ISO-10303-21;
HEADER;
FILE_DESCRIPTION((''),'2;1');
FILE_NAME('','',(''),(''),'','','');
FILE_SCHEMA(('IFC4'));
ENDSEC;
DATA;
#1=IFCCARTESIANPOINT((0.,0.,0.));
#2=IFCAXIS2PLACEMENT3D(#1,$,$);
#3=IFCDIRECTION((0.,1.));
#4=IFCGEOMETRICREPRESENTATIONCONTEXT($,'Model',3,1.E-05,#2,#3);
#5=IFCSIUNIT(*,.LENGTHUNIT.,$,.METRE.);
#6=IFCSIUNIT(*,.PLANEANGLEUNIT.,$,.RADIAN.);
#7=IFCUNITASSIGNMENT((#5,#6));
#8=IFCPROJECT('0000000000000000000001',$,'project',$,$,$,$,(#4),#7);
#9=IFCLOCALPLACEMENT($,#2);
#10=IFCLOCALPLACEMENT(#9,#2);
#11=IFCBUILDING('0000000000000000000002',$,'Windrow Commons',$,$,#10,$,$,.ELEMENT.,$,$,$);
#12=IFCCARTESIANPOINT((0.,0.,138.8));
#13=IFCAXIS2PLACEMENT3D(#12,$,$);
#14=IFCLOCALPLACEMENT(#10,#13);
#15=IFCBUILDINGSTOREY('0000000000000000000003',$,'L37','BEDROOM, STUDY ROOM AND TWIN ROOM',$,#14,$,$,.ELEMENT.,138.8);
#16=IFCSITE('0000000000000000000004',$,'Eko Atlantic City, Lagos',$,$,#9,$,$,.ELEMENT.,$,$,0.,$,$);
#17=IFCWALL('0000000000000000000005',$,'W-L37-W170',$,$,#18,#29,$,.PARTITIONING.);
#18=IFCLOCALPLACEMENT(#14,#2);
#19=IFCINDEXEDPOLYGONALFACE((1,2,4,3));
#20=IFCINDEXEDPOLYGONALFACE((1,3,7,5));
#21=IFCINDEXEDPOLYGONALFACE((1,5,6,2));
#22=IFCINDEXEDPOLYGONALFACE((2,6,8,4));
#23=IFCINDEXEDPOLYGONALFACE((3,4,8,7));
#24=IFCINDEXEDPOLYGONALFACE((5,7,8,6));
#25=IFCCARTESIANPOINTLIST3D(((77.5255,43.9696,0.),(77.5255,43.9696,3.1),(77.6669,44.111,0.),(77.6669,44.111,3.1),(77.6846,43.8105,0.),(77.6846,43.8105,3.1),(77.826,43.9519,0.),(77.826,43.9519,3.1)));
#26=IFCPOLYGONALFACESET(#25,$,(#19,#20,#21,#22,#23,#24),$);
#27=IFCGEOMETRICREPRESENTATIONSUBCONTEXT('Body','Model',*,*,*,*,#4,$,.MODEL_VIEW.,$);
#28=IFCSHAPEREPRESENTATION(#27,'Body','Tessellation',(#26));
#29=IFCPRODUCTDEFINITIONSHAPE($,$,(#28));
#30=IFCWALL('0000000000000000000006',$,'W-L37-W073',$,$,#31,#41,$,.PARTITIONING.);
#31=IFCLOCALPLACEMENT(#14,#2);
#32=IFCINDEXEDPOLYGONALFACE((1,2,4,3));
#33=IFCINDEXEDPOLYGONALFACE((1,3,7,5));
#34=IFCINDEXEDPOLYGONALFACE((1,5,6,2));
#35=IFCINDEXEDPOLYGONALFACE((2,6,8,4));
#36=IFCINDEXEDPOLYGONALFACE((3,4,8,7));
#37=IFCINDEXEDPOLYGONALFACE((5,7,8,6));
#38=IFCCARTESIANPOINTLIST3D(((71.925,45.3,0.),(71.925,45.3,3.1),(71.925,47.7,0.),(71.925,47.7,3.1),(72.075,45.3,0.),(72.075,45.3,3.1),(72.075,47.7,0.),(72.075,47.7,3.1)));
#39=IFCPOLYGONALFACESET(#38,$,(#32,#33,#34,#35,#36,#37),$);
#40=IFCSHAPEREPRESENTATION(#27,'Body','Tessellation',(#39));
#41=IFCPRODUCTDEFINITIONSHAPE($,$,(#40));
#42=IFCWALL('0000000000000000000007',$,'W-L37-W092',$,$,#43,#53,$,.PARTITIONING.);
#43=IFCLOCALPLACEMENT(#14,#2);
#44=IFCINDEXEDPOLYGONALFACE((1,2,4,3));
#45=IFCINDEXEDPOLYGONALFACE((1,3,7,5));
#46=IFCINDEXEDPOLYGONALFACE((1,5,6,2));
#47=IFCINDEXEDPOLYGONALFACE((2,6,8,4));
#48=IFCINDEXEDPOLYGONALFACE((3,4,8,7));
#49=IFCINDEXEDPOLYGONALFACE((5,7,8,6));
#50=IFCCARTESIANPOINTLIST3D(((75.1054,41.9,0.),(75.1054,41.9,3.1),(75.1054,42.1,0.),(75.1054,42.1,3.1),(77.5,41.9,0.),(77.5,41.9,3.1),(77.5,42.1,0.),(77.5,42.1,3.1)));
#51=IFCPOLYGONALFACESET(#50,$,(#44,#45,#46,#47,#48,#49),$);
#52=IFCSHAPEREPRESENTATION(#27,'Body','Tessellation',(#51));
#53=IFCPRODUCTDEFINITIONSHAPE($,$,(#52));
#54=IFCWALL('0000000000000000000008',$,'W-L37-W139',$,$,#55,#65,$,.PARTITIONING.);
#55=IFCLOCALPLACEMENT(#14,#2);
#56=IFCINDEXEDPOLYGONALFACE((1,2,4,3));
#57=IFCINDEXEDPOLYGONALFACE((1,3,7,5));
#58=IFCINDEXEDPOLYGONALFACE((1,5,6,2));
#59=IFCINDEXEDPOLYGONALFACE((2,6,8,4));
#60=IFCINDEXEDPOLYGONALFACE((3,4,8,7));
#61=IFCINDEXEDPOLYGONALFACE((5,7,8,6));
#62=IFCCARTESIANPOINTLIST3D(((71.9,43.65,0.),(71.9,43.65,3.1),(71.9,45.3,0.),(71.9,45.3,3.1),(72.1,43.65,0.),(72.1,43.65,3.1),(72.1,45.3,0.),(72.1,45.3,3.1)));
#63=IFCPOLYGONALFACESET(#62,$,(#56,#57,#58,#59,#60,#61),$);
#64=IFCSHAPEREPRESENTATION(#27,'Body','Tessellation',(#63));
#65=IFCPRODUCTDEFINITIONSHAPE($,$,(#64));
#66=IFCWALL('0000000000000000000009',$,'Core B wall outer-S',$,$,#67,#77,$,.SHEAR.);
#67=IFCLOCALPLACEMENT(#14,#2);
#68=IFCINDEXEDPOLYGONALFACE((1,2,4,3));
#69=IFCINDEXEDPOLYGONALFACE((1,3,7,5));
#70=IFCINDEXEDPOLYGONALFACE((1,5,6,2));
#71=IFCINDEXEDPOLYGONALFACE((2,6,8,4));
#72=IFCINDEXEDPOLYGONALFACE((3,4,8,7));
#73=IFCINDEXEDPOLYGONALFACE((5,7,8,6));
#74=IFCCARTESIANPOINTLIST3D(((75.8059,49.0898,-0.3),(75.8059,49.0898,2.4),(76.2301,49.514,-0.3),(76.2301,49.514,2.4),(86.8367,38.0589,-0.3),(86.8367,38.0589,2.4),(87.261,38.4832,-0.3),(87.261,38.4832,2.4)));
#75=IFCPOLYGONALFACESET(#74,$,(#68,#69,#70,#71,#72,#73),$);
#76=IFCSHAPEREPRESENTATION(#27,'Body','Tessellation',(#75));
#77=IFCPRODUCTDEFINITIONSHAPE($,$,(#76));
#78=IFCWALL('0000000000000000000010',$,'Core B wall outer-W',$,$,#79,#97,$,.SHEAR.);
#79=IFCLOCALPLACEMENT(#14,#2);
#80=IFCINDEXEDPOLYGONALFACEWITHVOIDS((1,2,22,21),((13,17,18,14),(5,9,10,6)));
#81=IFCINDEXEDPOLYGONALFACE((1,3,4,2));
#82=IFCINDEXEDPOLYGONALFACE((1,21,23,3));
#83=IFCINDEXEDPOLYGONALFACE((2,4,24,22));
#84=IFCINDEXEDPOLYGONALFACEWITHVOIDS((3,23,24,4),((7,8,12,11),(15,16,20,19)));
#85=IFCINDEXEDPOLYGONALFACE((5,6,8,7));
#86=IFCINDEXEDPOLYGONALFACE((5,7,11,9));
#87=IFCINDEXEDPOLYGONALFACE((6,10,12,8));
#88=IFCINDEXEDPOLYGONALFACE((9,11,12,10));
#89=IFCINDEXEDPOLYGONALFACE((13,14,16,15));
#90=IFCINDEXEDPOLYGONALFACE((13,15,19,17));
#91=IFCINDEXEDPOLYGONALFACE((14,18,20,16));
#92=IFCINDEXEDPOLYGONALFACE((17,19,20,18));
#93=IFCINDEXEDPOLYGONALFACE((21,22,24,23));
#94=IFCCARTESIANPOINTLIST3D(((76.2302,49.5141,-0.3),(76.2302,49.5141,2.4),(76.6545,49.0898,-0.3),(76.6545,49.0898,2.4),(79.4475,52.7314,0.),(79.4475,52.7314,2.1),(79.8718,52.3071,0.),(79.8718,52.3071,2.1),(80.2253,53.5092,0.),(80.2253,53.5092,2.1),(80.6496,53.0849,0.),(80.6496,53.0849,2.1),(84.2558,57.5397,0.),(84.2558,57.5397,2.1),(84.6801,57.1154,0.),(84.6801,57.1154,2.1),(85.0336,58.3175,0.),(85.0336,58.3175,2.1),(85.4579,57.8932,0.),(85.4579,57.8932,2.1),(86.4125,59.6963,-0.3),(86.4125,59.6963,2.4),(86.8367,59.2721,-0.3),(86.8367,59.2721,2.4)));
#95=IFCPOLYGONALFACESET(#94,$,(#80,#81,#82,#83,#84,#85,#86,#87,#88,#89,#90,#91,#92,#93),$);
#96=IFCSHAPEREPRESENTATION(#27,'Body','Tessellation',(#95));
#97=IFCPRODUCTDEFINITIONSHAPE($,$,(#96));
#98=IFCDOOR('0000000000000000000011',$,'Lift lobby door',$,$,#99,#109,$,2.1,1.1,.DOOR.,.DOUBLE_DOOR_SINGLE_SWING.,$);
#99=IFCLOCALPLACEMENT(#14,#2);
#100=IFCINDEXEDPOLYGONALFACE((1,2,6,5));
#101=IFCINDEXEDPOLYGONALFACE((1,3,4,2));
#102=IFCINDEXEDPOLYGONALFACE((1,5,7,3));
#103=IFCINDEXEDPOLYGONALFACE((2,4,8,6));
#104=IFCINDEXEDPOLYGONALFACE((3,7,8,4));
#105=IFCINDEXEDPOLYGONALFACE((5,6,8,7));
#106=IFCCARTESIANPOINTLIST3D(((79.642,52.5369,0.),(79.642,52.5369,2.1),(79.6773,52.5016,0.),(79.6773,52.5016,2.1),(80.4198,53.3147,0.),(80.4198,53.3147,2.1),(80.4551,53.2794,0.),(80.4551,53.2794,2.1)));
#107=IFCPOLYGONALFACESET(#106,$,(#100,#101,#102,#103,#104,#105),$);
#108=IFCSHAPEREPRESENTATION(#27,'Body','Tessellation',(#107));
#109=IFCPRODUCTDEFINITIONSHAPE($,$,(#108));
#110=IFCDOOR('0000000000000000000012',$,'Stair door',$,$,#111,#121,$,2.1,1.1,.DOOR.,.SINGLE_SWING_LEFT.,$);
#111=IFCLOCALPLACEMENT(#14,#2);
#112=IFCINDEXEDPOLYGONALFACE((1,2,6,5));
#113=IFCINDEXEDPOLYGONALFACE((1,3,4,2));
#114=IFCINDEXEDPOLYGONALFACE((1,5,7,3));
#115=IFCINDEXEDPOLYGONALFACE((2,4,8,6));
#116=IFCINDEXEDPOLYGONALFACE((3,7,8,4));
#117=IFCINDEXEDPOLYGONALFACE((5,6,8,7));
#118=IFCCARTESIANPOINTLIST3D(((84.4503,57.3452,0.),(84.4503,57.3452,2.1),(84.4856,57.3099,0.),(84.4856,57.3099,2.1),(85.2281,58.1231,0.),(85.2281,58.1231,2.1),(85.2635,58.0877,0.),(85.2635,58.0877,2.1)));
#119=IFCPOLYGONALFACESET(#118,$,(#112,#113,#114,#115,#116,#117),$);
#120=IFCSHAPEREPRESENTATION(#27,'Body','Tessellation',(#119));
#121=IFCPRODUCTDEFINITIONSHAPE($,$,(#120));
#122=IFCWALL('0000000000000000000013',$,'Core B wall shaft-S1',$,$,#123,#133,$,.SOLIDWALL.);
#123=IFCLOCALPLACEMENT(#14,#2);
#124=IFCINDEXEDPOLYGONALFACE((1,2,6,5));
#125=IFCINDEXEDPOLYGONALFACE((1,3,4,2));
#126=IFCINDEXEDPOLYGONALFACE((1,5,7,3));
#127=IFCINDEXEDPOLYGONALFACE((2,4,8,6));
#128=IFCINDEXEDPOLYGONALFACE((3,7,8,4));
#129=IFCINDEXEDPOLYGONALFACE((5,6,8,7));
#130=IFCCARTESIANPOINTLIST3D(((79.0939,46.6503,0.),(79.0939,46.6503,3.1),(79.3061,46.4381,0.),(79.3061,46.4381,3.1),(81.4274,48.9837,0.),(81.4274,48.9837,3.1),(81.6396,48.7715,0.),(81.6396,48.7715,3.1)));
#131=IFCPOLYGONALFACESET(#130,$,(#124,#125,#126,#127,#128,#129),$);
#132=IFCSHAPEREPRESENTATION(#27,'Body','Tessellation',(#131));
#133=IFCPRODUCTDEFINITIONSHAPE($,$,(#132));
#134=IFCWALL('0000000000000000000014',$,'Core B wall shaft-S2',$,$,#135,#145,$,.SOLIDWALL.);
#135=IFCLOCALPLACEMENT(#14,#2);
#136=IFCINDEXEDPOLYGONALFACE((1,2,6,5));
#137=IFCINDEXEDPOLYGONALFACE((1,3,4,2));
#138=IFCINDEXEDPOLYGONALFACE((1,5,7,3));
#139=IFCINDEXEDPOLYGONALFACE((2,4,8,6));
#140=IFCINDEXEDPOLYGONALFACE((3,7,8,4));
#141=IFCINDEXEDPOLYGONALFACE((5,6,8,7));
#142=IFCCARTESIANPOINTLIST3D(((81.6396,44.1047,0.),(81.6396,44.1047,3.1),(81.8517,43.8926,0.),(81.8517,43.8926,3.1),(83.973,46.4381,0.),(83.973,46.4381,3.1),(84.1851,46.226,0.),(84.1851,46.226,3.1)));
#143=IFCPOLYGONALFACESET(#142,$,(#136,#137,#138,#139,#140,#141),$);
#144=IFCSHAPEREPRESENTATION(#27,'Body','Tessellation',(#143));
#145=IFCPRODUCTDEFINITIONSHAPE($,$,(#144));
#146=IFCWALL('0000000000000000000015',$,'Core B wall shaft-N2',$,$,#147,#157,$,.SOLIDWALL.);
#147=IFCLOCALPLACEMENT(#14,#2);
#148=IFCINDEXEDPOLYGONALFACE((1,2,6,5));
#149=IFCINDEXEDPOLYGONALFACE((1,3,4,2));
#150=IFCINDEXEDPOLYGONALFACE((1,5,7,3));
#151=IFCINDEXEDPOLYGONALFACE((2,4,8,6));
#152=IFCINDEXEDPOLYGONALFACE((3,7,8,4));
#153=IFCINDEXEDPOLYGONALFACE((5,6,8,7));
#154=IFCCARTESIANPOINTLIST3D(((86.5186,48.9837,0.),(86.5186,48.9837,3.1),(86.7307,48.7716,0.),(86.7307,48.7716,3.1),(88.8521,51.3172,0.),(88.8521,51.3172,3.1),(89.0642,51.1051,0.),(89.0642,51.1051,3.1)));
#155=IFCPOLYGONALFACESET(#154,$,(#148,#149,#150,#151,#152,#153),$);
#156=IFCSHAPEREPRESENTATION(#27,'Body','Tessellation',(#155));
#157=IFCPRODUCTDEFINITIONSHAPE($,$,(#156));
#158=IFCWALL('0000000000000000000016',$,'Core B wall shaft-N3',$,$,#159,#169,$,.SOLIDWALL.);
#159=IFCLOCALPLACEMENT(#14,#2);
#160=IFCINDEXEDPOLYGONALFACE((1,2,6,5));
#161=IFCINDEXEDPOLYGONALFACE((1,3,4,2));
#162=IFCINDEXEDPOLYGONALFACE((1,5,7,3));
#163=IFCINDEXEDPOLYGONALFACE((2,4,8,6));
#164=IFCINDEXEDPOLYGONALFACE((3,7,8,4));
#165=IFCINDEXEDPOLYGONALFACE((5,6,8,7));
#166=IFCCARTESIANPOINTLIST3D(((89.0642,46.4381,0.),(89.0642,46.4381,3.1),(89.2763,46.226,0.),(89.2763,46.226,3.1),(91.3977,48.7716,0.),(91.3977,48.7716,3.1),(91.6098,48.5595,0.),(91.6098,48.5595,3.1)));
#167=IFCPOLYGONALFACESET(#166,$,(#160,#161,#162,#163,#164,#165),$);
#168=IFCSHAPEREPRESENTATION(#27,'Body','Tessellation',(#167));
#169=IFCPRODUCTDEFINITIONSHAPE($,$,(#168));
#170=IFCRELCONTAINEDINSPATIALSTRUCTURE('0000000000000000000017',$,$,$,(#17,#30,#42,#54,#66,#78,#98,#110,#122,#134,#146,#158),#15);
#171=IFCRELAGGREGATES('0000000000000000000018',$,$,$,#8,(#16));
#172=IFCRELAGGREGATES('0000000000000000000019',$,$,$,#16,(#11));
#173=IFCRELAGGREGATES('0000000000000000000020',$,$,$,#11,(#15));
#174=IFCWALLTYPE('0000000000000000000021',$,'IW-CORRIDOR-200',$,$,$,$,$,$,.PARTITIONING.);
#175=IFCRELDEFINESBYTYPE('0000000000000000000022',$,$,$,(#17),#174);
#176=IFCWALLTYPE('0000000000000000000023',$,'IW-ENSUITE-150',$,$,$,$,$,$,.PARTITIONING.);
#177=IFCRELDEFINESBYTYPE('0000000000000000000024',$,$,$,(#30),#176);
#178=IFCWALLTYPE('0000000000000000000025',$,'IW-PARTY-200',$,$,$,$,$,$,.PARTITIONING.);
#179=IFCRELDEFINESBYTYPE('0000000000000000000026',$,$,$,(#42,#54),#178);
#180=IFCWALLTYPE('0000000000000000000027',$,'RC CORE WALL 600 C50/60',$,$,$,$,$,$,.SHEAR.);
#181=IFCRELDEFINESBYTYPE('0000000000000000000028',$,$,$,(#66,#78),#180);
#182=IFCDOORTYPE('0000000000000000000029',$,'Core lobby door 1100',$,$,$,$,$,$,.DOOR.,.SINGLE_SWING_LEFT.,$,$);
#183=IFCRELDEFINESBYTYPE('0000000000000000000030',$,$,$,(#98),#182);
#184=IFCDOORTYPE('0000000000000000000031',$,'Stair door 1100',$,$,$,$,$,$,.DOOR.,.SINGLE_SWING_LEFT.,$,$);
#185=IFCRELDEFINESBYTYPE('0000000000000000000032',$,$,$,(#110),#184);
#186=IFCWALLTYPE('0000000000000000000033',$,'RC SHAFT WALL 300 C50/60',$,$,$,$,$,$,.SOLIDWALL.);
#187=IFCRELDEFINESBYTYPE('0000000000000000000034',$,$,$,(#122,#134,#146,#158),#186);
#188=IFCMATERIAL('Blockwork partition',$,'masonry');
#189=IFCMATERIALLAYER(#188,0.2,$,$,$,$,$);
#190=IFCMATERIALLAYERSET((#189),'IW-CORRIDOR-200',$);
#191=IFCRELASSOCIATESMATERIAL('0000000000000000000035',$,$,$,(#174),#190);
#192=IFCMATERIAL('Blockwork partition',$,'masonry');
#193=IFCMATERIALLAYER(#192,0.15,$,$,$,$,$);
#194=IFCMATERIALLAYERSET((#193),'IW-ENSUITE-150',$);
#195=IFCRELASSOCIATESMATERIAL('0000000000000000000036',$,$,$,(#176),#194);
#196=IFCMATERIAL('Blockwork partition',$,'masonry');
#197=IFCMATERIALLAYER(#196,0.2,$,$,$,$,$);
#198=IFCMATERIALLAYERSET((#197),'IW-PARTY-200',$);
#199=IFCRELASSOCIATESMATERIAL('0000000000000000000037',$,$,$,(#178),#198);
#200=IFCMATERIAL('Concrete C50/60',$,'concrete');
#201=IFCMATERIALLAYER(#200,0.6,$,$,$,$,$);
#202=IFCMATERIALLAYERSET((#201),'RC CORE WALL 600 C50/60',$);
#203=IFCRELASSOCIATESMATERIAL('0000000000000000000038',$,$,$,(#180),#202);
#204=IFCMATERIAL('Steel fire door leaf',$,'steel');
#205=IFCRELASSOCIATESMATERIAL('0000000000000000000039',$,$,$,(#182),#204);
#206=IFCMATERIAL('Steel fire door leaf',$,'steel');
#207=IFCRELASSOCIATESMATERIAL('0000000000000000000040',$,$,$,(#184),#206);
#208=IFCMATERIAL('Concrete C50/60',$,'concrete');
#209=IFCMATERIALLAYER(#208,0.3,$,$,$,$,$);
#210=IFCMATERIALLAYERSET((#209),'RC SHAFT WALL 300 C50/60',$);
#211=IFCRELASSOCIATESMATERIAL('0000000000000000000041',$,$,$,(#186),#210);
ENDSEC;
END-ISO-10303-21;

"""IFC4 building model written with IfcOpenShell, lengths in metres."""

from ifc_helpers import new_model, si_unit, direction, frame, frame_2d, origin, place, context, subcontext, project, spatial, rectangle, extrude, material, layer, layer_set, type_object, element, fill, save


model = new_model("IFC4")

# Units and contexts
model_context = context("Model", 3, precision=1e-05, world=origin(), true_north=direction((0.0, 1.0)))
body_context = subcontext(model_context, "Body", "Model", "MODEL_VIEW")
ifc_project = project(units=[si_unit("LENGTHUNIT", "METRE"), si_unit("PLANEANGLEUNIT", "RADIAN")], contexts=[model_context])

# Site, building, storey
site_placement = place(None, origin())
site = spatial("IfcSite", under=ifc_project, at=site_placement, Name="Eko Atlantic City, Lagos", CompositionType="ELEMENT", RefElevation=0.0)
building_placement = place(site_placement, origin())
building = spatial("IfcBuilding", under=site, at=building_placement, Name="Windrow Commons", CompositionType="ELEMENT")
storey_placement = place(building_placement, frame((0.0, 0.0, 138.8)))
storey = spatial("IfcBuildingStorey", under=building, at=storey_placement, Name="L37", Description="BEDROOM, STUDY ROOM AND TWIN ROOM", CompositionType="ELEMENT", Elevation=138.8)

# Shared definitions
ifc_material_1 = material(Name="Blockwork partition", Category="masonry")
ifc_layer_1 = layer(ifc_material_1, 0.2)
ifc_layer_set_1 = layer_set([ifc_layer_1], Name="IW-CORRIDOR-200")
wall_type_1 = type_object("IfcWallType", Name="IW-CORRIDOR-200", PredefinedType="PARTITIONING", material=ifc_layer_set_1)

# Walls
wall_1_placement = place(storey_placement, frame((77.5962, 44.0403, 0.0), z_axis=(0.0, 0.0, 1.0), x_axis=(0.707107, -0.707107, 0.0)))
element("IfcWall", 1, at=wall_1_placement, inside=storey, type_object=wall_type_1, Name="W-L37-W170", PredefinedType="PARTITIONING", context=body_context, shape_type="SweptSolid", body=[
    extrude(rectangle(XDim=0.225, YDim=0.2, at=frame_2d((0.1125, 0.0))), origin(), (0.0, 0.0, 1.0), 3.1),
])
ifc_material_2 = material(Name="Blockwork partition", Category="masonry")
ifc_layer_2 = layer(ifc_material_2, 0.15)
ifc_layer_set_2 = layer_set([ifc_layer_2], Name="IW-ENSUITE-150")
wall_type_2 = type_object("IfcWallType", Name="IW-ENSUITE-150", PredefinedType="PARTITIONING", material=ifc_layer_set_2)
wall_2_placement = place(storey_placement, frame((72.0, 45.3, 0.0), z_axis=(0.0, 0.0, 1.0), x_axis=(0.0, 1.0, 0.0)))
element("IfcWall", 2, at=wall_2_placement, inside=storey, type_object=wall_type_2, Name="W-L37-W073", PredefinedType="PARTITIONING", context=body_context, shape_type="SweptSolid", body=[
    extrude(rectangle(XDim=2.4, YDim=0.15, at=frame_2d((1.2, 0.0))), origin(), (0.0, 0.0, 1.0), 3.1),
])
ifc_material_3 = material(Name="Blockwork partition", Category="masonry")
ifc_layer_3 = layer(ifc_material_3, 0.2)
ifc_layer_set_3 = layer_set([ifc_layer_3], Name="IW-PARTY-200")
wall_type_3 = type_object("IfcWallType", Name="IW-PARTY-200", PredefinedType="PARTITIONING", material=ifc_layer_set_3)
wall_3_placement = place(storey_placement, frame((75.1055, 42.0, 0.0), z_axis=(0.0, 0.0, 1.0), x_axis=(1.0, 0.0, 0.0)))
element("IfcWall", 3, at=wall_3_placement, inside=storey, type_object=wall_type_3, Name="W-L37-W092", PredefinedType="PARTITIONING", context=body_context, shape_type="SweptSolid", body=[
    extrude(rectangle(XDim=2.3945, YDim=0.2, at=frame_2d((1.1972, 0.0))), origin(), (0.0, 0.0, 1.0), 3.1),
])
wall_4_placement = place(storey_placement, frame((72.0, 43.65, 0.0), z_axis=(0.0, 0.0, 1.0), x_axis=(0.0, 1.0, 0.0)))
element("IfcWall", 4, at=wall_4_placement, inside=storey, type_object=wall_type_3, Name="W-L37-W139", PredefinedType="PARTITIONING", context=body_context, shape_type="SweptSolid", body=[
    extrude(rectangle(XDim=1.65, YDim=0.2, at=frame_2d((0.825, 0.0))), origin(), (0.0, 0.0, 1.0), 3.1),
])
ifc_material_4 = material(Name="Concrete C50/60", Category="concrete")
ifc_layer_4 = layer(ifc_material_4, 0.6)
ifc_layer_set_4 = layer_set([ifc_layer_4], Name="RC CORE WALL 600 C50/60")
wall_type_4 = type_object("IfcWallType", Name="RC CORE WALL 600 C50/60", PredefinedType="SHEAR", material=ifc_layer_set_4)
wall_5_placement = place(storey_placement, frame((76.018, 49.3019, -0.3), z_axis=(0.0, 0.0, 1.0), x_axis=(0.707107, -0.707107, 0.0)))
element("IfcWall", 5, at=wall_5_placement, inside=storey, type_object=wall_type_4, Name="Core B wall outer-S", PredefinedType="SHEAR", context=body_context, shape_type="SweptSolid", body=[
    extrude(rectangle(XDim=15.6, YDim=0.6, at=frame_2d((7.8, 0.0))), origin(), (0.0, 0.0, 1.0), 2.7),
])

# Wall, openings, doors
wall_6_placement = place(storey_placement, frame((76.4423, 49.3019, -0.3), z_axis=(0.0, 0.0, 1.0), x_axis=(0.707107, 0.707107, 0.0)))
wall_6 = element("IfcWall", 6, at=wall_6_placement, inside=storey, type_object=wall_type_4, Name="Core B wall outer-W", PredefinedType="SHEAR", context=body_context, shape_type="SweptSolid", body=[
    extrude(rectangle(XDim=14.3999, YDim=0.6, at=frame_2d((7.2, 0.0))), origin(), (0.0, 0.0, 1.0), 2.7),
])
opening_1_placement = place(wall_6_placement, frame((4.55, 0.0, 0.3)))
opening_1 = element("IfcOpeningElement", 7, at=opening_1_placement, cuts=wall_6, PredefinedType="OPENING", context=body_context, shape_type="SweptSolid", body=[
    extrude(rectangle(XDim=1.1, YDim=2.1, at=frame_2d((0.55, 1.05))), frame((0.0, 0.31, 0.0), z_axis=(0.0, -1.0, 0.0), x_axis=(1.0, 0.0, 0.0)), (0.0, 0.0, 1.0), 0.62),
])
opening_2_placement = place(wall_6_placement, frame((11.35, 0.0, 0.3)))
opening_2 = element("IfcOpeningElement", 8, at=opening_2_placement, cuts=wall_6, PredefinedType="OPENING", context=body_context, shape_type="SweptSolid", body=[
    extrude(rectangle(XDim=1.1, YDim=2.1, at=frame_2d((0.55, 1.05))), frame((0.0, 0.31, 0.0), z_axis=(0.0, -1.0, 0.0), x_axis=(1.0, 0.0, 0.0)), (0.0, 0.0, 1.0), 0.62),
])
ifc_material_5 = material(Name="Steel fire door leaf", Category="steel")
door_type_1 = type_object("IfcDoorType", Name="Core lobby door 1100", OperationType="SINGLE_SWING_LEFT", PredefinedType="DOOR", material=ifc_material_5)
door_1_placement = place(opening_1_placement, origin())
door_1 = element("IfcDoor", 9, at=door_1_placement, inside=storey, type_object=door_type_1, Name="Lift lobby door", OperationType="DOUBLE_DOOR_SINGLE_SWING", OverallHeight=2.1, OverallWidth=1.1, PredefinedType="DOOR", context=body_context, shape_type="SweptSolid", body=[
    extrude(rectangle(XDim=1.1, YDim=2.1, at=frame_2d((0.55, 1.05))), frame((0.0, 0.025, 0.0), z_axis=(0.0, -1.0, 0.0), x_axis=(1.0, 0.0, 0.0)), (0.0, 0.0, 1.0), 0.05),
])
fill(opening_1, door_1)
ifc_material_6 = material(Name="Steel fire door leaf", Category="steel")
door_type_2 = type_object("IfcDoorType", Name="Stair door 1100", OperationType="SINGLE_SWING_LEFT", PredefinedType="DOOR", material=ifc_material_6)
door_2_placement = place(opening_2_placement, origin())
door_2 = element("IfcDoor", 10, at=door_2_placement, inside=storey, type_object=door_type_2, Name="Stair door", OperationType="SINGLE_SWING_LEFT", OverallHeight=2.1, OverallWidth=1.1, PredefinedType="DOOR", context=body_context, shape_type="SweptSolid", body=[
    extrude(rectangle(XDim=1.1, YDim=2.1, at=frame_2d((0.55, 1.05))), frame((0.0, 0.025, 0.0), z_axis=(0.0, -1.0, 0.0), x_axis=(1.0, 0.0, 0.0)), (0.0, 0.0, 1.0), 0.05),
])
fill(opening_2, door_2)

# Walls
ifc_material_7 = material(Name="Concrete C50/60", Category="concrete")
ifc_layer_5 = layer(ifc_material_7, 0.3)
ifc_layer_set_5 = layer_set([ifc_layer_5], Name="RC SHAFT WALL 300 C50/60")
wall_type_5 = type_object("IfcWallType", Name="RC SHAFT WALL 300 C50/60", PredefinedType="SOLIDWALL", material=ifc_layer_set_5)
wall_7_placement = place(storey_placement, frame((79.2, 46.5442, 0.0), z_axis=(0.0, 0.0, 1.0), x_axis=(0.707122, 0.707092, 0.0)))
element("IfcWall", 11, at=wall_7_placement, inside=storey, type_object=wall_type_5, Name="Core B wall shaft-S1", PredefinedType="SOLIDWALL", context=body_context, shape_type="SweptSolid", body=[
    extrude(rectangle(XDim=3.3, YDim=0.3, at=frame_2d((1.65, 0.0))), origin(), (0.0, 0.0, 1.0), 3.1),
])
wall_8_placement = place(storey_placement, frame((81.7456, 43.9986, 0.0), z_axis=(0.0, 0.0, 1.0), x_axis=(0.707107, 0.707107, 0.0)))
element("IfcWall", 12, at=wall_8_placement, inside=storey, type_object=wall_type_5, Name="Core B wall shaft-S2", PredefinedType="SOLIDWALL", context=body_context, shape_type="SweptSolid", body=[
    extrude(rectangle(XDim=3.2999, YDim=0.3, at=frame_2d((1.65, 0.0))), origin(), (0.0, 0.0, 1.0), 3.1),
])
for number, where, z_axis, x_axis, name in (
    (13, (86.6246, 48.8776, 0.0), (0.0, 0.0, 1.0), (0.707107, 0.707107, 0.0), "Core B wall shaft-N2"),
    (14, (89.1702, 46.332, 0.0), (0.0, 0.0, 1.0), (0.707107, 0.707107, 0.0), "Core B wall shaft-N3"),
):
    element("IfcWall", number, at=place(storey_placement, frame(where, z_axis=z_axis, x_axis=x_axis)), inside=storey, type_object=wall_type_5, Name=name, PredefinedType="SOLIDWALL", context=body_context, shape_type="SweptSolid", body=[
        extrude(rectangle(XDim=3.3001, YDim=0.3, at=frame_2d((1.6501, 0.0))), origin(), (0.0, 0.0, 1.0), 3.1),
    ])

save(model, "model.ifc")
